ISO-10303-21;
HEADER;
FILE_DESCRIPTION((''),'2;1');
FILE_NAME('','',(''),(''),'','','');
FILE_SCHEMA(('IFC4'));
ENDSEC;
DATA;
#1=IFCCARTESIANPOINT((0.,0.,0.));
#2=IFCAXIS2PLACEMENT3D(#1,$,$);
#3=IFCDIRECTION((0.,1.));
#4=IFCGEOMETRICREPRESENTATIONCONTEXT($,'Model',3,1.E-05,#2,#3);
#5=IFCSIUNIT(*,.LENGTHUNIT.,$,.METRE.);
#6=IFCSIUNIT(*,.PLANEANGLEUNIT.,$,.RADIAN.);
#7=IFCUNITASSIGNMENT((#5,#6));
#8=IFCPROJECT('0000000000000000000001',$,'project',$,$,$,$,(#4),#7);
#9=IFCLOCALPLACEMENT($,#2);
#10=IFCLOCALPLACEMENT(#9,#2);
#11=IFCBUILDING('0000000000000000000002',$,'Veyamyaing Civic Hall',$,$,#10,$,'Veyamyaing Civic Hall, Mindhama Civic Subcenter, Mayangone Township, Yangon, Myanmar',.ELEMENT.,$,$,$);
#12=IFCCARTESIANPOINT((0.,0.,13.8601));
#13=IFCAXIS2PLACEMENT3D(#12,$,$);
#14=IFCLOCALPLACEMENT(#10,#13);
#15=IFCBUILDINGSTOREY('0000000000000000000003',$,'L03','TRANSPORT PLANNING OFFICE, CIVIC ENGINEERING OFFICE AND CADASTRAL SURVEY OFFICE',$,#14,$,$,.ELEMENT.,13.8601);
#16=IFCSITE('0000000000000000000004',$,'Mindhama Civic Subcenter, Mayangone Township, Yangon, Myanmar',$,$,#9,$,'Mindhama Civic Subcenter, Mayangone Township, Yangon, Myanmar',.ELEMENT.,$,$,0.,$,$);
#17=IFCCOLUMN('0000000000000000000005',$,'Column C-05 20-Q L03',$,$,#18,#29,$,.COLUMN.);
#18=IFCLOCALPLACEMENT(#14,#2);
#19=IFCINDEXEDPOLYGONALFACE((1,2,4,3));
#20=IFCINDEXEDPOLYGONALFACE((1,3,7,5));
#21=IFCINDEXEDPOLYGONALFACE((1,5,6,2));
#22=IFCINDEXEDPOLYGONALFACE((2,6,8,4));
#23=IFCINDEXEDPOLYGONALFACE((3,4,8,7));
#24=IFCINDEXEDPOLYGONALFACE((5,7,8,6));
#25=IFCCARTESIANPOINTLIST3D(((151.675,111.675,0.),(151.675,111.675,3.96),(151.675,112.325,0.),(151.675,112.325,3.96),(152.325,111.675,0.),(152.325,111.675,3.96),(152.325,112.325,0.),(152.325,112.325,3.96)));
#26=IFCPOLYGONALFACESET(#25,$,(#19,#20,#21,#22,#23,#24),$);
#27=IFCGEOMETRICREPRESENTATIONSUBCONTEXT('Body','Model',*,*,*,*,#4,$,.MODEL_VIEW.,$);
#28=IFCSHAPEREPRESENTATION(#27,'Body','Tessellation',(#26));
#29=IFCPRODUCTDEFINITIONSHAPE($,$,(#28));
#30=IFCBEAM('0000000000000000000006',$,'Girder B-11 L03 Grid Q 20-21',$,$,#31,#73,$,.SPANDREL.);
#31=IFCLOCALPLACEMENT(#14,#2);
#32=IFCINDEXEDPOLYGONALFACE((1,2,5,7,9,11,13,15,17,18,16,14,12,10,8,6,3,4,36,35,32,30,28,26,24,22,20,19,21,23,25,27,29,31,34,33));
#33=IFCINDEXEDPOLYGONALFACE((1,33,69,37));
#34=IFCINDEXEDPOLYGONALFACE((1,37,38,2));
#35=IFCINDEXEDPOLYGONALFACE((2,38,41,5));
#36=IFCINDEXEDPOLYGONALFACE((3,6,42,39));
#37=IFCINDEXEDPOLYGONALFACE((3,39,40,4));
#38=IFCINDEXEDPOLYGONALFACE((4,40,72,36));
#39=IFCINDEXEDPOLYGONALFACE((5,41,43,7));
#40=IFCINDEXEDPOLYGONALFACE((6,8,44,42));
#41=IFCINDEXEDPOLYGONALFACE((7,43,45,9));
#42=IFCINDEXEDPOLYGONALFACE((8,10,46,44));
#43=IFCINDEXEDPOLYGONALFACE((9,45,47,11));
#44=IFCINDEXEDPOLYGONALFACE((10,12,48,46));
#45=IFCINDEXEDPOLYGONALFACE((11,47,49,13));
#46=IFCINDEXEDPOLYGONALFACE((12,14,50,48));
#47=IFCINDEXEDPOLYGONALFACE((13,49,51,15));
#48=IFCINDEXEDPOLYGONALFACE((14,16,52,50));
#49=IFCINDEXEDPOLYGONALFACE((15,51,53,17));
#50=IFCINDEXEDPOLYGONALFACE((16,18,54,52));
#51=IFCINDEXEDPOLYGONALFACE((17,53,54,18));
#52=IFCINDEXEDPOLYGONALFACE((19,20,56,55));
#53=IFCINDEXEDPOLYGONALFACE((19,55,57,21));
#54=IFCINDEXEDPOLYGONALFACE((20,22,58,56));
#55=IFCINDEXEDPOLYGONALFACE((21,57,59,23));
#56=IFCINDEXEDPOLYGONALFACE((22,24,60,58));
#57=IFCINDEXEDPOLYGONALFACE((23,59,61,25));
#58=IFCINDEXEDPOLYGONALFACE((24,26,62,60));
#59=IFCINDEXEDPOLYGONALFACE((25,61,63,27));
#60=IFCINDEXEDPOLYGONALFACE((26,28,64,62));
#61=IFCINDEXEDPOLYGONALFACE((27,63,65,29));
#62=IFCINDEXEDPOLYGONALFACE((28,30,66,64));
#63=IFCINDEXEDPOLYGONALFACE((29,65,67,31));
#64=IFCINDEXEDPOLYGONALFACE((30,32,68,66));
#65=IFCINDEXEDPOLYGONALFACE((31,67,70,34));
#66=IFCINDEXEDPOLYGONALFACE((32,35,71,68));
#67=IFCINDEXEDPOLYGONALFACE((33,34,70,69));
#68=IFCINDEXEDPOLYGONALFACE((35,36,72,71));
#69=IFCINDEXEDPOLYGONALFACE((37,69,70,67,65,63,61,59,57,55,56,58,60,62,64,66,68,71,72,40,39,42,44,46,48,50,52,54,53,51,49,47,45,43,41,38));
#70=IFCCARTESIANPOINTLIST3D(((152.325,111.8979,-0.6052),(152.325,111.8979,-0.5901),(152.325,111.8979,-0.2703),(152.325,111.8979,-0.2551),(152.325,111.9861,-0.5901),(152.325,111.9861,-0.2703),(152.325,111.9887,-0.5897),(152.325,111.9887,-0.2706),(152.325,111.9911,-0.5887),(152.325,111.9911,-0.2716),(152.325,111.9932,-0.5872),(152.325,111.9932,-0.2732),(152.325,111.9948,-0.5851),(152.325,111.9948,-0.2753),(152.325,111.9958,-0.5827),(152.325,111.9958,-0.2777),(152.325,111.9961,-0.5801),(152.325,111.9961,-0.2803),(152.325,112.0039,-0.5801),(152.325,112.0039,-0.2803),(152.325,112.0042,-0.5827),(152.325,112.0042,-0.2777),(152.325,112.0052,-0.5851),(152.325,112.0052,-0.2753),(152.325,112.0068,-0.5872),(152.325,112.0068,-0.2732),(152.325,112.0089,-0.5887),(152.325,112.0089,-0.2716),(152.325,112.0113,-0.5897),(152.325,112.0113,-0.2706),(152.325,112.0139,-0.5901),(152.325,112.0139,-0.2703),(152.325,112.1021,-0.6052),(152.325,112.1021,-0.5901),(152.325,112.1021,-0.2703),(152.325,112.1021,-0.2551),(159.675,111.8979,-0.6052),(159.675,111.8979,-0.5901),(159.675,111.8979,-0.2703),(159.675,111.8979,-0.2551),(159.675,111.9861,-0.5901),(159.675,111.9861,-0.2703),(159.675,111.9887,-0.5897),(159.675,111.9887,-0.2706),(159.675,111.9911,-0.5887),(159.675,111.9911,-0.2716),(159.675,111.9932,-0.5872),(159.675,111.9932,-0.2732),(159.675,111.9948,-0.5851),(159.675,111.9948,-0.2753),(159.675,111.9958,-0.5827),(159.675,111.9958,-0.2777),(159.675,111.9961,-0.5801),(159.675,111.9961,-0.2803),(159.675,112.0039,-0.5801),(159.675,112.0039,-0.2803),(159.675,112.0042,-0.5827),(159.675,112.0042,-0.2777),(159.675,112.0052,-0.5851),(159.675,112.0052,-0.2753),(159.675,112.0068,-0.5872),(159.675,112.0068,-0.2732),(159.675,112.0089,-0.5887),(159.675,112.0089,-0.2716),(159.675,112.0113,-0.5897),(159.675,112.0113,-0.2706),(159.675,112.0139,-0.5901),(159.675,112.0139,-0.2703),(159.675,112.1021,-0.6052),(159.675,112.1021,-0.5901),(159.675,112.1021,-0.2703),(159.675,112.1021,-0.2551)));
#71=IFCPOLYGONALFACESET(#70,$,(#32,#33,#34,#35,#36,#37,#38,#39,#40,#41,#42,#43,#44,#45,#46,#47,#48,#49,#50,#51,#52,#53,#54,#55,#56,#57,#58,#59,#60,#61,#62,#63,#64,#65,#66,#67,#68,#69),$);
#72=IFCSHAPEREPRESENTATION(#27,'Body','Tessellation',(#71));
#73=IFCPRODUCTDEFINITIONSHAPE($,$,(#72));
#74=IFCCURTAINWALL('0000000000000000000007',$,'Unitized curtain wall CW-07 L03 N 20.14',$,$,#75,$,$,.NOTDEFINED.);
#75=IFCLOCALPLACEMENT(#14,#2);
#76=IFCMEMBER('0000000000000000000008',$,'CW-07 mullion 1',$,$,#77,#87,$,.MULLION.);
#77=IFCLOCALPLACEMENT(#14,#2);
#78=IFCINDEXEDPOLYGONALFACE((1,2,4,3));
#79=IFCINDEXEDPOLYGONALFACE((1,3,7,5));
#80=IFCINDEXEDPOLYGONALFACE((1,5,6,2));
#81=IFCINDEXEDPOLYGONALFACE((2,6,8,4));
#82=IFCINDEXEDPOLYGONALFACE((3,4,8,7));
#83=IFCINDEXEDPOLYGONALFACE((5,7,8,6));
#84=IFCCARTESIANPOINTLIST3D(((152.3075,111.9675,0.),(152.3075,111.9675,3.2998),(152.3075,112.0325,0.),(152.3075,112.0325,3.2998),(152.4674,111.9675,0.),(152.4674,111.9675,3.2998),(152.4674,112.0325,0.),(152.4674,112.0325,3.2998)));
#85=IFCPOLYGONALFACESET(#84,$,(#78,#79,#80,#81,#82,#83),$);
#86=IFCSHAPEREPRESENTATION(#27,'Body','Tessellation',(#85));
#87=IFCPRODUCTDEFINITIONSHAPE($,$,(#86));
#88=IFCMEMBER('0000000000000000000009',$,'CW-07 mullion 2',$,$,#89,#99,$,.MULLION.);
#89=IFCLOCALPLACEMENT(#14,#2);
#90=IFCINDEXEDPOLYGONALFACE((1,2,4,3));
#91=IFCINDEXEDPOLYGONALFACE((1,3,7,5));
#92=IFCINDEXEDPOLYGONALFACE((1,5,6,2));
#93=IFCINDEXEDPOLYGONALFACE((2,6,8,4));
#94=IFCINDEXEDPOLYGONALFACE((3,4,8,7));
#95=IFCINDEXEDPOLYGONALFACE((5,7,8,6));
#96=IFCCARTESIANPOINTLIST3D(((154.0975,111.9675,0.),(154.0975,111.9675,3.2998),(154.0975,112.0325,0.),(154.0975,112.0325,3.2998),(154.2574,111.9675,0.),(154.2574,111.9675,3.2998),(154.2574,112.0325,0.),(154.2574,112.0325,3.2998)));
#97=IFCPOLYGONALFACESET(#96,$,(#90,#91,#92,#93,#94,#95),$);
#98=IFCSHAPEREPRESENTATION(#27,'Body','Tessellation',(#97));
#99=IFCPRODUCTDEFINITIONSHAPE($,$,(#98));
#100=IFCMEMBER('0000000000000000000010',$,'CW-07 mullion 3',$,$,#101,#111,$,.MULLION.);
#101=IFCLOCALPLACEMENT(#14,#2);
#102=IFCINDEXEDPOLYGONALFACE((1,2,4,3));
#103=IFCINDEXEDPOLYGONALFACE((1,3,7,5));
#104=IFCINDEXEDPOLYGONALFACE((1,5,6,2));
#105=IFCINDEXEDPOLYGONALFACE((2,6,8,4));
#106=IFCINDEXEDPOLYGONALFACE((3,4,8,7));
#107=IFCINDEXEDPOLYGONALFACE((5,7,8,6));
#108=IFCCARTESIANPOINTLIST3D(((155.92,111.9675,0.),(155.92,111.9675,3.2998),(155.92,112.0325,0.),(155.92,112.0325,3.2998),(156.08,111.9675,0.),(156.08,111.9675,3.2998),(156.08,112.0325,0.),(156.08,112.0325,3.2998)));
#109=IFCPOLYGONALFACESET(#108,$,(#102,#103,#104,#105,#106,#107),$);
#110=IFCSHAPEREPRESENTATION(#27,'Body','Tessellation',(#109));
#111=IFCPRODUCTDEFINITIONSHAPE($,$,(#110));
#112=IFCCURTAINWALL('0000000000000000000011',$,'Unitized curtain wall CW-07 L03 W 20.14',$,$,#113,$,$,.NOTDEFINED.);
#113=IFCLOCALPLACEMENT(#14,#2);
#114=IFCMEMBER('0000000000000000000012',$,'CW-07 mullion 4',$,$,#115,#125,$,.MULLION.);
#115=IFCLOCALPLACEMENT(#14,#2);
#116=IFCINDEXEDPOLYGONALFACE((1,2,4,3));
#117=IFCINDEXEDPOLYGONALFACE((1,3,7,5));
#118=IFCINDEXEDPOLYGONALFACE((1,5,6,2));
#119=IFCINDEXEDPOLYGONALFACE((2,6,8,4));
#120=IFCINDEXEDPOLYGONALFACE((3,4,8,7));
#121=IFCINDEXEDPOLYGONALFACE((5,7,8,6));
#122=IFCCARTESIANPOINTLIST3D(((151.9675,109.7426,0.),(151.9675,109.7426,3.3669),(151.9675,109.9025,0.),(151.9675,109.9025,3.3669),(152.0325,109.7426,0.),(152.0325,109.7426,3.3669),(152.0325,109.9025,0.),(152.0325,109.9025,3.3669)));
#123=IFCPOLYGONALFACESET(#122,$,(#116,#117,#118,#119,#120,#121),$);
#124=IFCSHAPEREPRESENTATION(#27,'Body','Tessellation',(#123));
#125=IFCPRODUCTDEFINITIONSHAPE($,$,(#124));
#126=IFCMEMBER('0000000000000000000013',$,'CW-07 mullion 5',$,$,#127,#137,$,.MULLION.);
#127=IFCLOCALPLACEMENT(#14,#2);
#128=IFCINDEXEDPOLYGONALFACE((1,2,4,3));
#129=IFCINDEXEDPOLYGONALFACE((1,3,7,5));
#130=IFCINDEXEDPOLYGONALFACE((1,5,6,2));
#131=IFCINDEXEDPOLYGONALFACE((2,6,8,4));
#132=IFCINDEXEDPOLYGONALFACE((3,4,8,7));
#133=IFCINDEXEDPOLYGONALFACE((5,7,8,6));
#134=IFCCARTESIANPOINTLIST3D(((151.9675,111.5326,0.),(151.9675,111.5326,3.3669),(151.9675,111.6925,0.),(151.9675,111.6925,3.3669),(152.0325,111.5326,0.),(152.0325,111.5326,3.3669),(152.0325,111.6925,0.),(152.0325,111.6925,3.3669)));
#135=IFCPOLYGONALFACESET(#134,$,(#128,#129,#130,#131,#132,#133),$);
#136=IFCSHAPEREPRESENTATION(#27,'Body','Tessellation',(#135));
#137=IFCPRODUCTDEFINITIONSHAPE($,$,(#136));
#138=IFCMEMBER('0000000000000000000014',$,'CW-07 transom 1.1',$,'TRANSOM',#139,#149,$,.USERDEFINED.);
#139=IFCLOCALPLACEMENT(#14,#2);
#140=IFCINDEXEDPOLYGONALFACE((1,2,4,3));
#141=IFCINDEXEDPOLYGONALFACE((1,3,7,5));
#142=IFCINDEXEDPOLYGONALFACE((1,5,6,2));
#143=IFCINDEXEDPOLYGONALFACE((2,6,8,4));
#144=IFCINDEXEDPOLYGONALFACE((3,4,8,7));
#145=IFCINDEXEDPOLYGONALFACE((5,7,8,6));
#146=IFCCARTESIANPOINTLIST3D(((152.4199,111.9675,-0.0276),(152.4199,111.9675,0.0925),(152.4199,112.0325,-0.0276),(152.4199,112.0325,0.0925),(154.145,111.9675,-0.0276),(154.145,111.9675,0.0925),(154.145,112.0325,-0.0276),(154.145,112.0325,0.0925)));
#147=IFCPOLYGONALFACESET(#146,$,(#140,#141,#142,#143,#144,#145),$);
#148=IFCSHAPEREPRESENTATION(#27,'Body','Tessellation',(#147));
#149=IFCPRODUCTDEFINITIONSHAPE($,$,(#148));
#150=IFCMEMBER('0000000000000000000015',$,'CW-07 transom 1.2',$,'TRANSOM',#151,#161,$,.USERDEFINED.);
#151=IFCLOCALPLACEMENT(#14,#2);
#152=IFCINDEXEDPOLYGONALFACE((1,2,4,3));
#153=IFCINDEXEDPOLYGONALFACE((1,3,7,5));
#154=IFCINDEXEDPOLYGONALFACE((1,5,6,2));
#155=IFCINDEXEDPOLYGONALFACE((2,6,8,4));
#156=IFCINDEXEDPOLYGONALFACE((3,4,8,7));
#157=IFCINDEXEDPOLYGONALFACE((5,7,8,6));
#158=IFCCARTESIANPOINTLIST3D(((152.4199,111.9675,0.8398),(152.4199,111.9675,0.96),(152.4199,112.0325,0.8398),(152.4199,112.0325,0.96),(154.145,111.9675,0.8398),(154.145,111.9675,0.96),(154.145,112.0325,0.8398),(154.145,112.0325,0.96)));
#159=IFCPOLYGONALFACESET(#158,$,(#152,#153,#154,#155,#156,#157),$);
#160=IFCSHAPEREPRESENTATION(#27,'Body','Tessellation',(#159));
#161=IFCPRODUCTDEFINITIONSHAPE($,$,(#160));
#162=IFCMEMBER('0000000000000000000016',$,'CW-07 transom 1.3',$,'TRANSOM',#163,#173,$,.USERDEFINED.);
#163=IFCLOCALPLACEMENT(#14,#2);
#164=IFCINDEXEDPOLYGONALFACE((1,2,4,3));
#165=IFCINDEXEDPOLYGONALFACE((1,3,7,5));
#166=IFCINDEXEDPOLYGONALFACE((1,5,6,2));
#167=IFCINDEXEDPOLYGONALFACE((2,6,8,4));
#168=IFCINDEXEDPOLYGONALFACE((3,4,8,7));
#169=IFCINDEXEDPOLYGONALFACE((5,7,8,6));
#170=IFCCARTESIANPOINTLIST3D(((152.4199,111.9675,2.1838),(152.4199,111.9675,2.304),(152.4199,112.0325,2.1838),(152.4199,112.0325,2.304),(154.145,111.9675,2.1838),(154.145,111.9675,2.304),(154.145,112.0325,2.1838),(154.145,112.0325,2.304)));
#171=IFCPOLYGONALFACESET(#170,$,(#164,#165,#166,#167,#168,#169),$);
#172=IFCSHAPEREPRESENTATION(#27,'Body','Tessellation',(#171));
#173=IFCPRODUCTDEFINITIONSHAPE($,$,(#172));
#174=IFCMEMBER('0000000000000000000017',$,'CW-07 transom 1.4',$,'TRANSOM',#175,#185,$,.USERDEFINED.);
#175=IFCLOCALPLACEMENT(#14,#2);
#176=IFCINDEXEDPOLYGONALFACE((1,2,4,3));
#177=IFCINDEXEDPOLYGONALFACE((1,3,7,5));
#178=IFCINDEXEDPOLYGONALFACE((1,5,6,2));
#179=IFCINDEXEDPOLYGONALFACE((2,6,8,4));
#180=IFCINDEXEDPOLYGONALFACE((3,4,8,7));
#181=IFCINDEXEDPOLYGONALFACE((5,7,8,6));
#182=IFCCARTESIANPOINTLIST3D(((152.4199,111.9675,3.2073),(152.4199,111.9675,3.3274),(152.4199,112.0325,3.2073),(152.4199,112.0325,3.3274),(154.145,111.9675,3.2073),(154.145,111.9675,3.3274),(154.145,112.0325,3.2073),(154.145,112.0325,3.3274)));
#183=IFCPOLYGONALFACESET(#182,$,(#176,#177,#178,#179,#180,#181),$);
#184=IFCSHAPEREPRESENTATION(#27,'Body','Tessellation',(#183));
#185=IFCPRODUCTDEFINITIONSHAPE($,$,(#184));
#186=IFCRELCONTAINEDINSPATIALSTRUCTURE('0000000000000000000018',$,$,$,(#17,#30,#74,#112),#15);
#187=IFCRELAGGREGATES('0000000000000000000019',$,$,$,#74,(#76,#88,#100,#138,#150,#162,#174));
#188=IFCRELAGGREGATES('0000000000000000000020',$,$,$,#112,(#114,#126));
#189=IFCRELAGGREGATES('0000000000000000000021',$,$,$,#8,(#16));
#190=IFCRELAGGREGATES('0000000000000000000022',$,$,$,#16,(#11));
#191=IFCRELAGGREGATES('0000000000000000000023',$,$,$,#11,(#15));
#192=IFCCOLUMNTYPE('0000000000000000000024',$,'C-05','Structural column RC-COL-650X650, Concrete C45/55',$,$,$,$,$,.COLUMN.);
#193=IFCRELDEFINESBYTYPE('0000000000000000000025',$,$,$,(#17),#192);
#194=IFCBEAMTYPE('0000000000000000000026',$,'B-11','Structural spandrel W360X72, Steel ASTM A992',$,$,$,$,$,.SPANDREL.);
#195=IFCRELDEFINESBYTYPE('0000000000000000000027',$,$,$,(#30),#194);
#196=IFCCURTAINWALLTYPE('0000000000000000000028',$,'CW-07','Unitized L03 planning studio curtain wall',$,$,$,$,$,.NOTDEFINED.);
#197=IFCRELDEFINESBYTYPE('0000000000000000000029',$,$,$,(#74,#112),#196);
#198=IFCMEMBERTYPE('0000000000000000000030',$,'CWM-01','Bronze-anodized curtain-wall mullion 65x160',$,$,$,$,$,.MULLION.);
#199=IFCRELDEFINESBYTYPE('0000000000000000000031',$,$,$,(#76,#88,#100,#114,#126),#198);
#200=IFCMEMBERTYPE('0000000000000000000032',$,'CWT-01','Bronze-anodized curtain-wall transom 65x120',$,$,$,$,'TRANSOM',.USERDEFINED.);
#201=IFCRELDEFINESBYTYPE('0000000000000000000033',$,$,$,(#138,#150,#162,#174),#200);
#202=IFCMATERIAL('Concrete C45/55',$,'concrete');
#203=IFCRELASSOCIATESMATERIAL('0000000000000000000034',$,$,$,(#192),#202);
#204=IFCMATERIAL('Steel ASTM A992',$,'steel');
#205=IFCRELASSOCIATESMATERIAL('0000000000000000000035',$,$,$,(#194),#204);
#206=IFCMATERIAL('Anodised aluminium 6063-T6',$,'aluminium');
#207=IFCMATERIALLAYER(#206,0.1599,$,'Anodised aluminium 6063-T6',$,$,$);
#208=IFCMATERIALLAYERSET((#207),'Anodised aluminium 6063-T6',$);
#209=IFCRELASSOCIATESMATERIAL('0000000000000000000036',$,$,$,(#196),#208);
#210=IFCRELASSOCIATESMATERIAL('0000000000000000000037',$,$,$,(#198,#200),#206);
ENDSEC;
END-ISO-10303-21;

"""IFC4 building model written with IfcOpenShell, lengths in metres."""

from ifc_helpers import new_model, si_unit, direction, frame, origin, origin_2d, place, context, subcontext, project, spatial, rectangle, i_section, extrude, material, layer, layer_set, material_profile, profile_set, type_object, element, aggregate, save


model = new_model("IFC4")

# Units and contexts
model_context = context("Model", 3, precision=1e-05, world=origin(), true_north=direction((0.0, 1.0)))
body_context = subcontext(model_context, "Body", "Model", "MODEL_VIEW")
ifc_project = project(units=[si_unit("LENGTHUNIT", "METRE"), si_unit("PLANEANGLEUNIT", "RADIAN")], contexts=[model_context])

# Site, building, storey
site_placement = place(None, origin())
site = spatial("IfcSite", under=ifc_project, at=site_placement, Name="Mindhama Civic Subcenter, Mayangone Township, Yangon, Myanmar", LongName="Mindhama Civic Subcenter, Mayangone Township, Yangon, Myanmar", CompositionType="ELEMENT", RefElevation=0.0)
building_placement = place(site_placement, origin())
building = spatial("IfcBuilding", under=site, at=building_placement, Name="Veyamyaing Civic Hall", LongName="Veyamyaing Civic Hall, Mindhama Civic Subcenter, Mayangone Township, Yangon, Myanmar", CompositionType="ELEMENT")
storey_placement = place(building_placement, frame((0.0, 0.0, 13.8601)))
storey = spatial("IfcBuildingStorey", under=building, at=storey_placement, Name="L03", Description="TRANSPORT PLANNING OFFICE, CIVIC ENGINEERING OFFICE AND CADASTRAL SURVEY OFFICE", CompositionType="ELEMENT", Elevation=13.8601)

# Column
ifc_material_1 = material(Name="Concrete C45/55", Category="concrete")
ifc_material_profile_1 = material_profile(ifc_material_1, rectangle(XDim=0.6499, YDim=0.6499, at=origin_2d()), Name="RC-COL-650X650")
ifc_profile_set_1 = profile_set([ifc_material_profile_1], Name="Concrete C45/55")
column_type = type_object("IfcColumnType", Name="C-05", Description="Structural column RC-COL-650X650, Concrete C45/55", PredefinedType="COLUMN", material=ifc_profile_set_1)
column_placement = place(storey_placement, frame((152.0, 112.0, 0.0), z_axis=(0.0, 0.0, 1.0), x_axis=(1.0, 0.0, 0.0)))
element("IfcColumn", 1, at=column_placement, inside=storey, type_object=column_type, Name="Column C-05 20-Q L03", PredefinedType="COLUMN", context=body_context, shape_type="SweptSolid", body=[
    extrude(rectangle(XDim=0.6499, YDim=0.6499, at=origin_2d()), origin(), (0.0, 0.0, 1.0), 3.96),
])

# Beam
ifc_material_2 = material(Name="Steel ASTM A992", Category="steel")
ifc_material_profile_2 = material_profile(ifc_material_2, i_section(OverallWidth=0.2041, OverallDepth=0.3501, WebThickness=0.0078, FlangeThickness=0.0151, FilletRadius=0.01, at=origin_2d()), Name="W360X72")
ifc_profile_set_2 = profile_set([ifc_material_profile_2], Name="Steel ASTM A992")
beam_type_1 = type_object("IfcBeamType", Name="B-11", Description="Structural spandrel W360X72, Steel ASTM A992", PredefinedType="SPANDREL", material=ifc_profile_set_2)
beam_1_placement = place(storey_placement, frame((152.325, 112.0, -0.4302), z_axis=(1.0, 0.0, 0.0), x_axis=(0.0, 1.0, 0.0)))
element("IfcBeam", 2, at=beam_1_placement, inside=storey, type_object=beam_type_1, Name="Girder B-11 L03 Grid Q 20-21", PredefinedType="SPANDREL", context=body_context, shape_type="SweptSolid", body=[
    extrude(i_section(OverallWidth=0.2041, OverallDepth=0.3501, WebThickness=0.0078, FlangeThickness=0.0151, FilletRadius=0.01, at=origin_2d()), origin(), (0.0, 0.0, 1.0), 7.3501),
])

# Curtain walls, members
ifc_material_3 = material(Name="Anodised aluminium 6063-T6", Category="aluminium")
ifc_layer_1 = layer(ifc_material_3, 0.1599, Name="Anodised aluminium 6063-T6")
ifc_layer_set_1 = layer_set([ifc_layer_1], Name="Anodised aluminium 6063-T6")
curtain_wall_type = type_object("IfcCurtainWallType", Name="CW-07", Description="Unitized L03 planning studio curtain wall", PredefinedType="NOTDEFINED", material=ifc_layer_set_1)
curtain_wall_1_placement = place(storey_placement, origin())
curtain_wall_1 = element("IfcCurtainWall", 3, at=curtain_wall_1_placement, inside=storey, type_object=curtain_wall_type, Name="Unitized curtain wall CW-07 L03 N 20.14", PredefinedType="NOTDEFINED")
ifc_material_profile_3 = material_profile(ifc_material_3, rectangle(XDim=0.0649, YDim=0.1599, at=origin_2d()), Name="ALU-MUL-65X160")
ifc_profile_set_3 = profile_set([ifc_material_profile_3], Name="Anodised aluminium 6063-T6")
member_type_1 = type_object("IfcMemberType", Name="CWM-01", Description="Bronze-anodized curtain-wall mullion 65x160", PredefinedType="MULLION", material=ifc_profile_set_3)
member_1_placement = place(storey_placement, frame((152.3875, 112.0, 0.0), z_axis=(0.0, 0.0, 1.0), x_axis=(0.0, 1.0, 0.0)))
member_1 = element("IfcMember", 4, at=member_1_placement, type_object=member_type_1, Name="CW-07 mullion 1", PredefinedType="MULLION", context=body_context, shape_type="SweptSolid", body=[
    extrude(rectangle(XDim=0.0649, YDim=0.1599, at=origin_2d()), origin(), (0.0, 0.0, 1.0), 3.2998),
])
member_2_placement = place(storey_placement, frame((154.1775, 112.0, 0.0), z_axis=(0.0, 0.0, 1.0), x_axis=(0.0, 1.0, 0.0)))
member_2 = element("IfcMember", 5, at=member_2_placement, type_object=member_type_1, Name="CW-07 mullion 2", PredefinedType="MULLION", context=body_context, shape_type="SweptSolid", body=[
    extrude(rectangle(XDim=0.0649, YDim=0.1599, at=origin_2d()), origin(), (0.0, 0.0, 1.0), 3.2998),
])
member_3_placement = place(storey_placement, frame((156.0, 112.0, 0.0), z_axis=(0.0, 0.0, 1.0), x_axis=(0.0, 1.0, 0.0)))
member_3 = element("IfcMember", 6, at=member_3_placement, type_object=member_type_1, Name="CW-07 mullion 3", PredefinedType="MULLION", context=body_context, shape_type="SweptSolid", body=[
    extrude(rectangle(XDim=0.0649, YDim=0.1599, at=origin_2d()), origin(), (0.0, 0.0, 1.0), 3.2998),
])
curtain_wall_2_placement = place(storey_placement, origin())
curtain_wall_2 = element("IfcCurtainWall", 7, at=curtain_wall_2_placement, inside=storey, type_object=curtain_wall_type, Name="Unitized curtain wall CW-07 L03 W 20.14", PredefinedType="NOTDEFINED")
member_4_placement = place(storey_placement, frame((152.0, 109.8225, 0.0), z_axis=(0.0, 0.0, 1.0), x_axis=(-1.0, 0.0, 0.0)))
member_4 = element("IfcMember", 8, at=member_4_placement, type_object=member_type_1, Name="CW-07 mullion 4", PredefinedType="MULLION", context=body_context, shape_type="SweptSolid", body=[
    extrude(rectangle(XDim=0.0649, YDim=0.1599, at=origin_2d()), origin(), (0.0, 0.0, 1.0), 3.3669),
])
member_5_placement = place(storey_placement, frame((152.0, 111.6125, 0.0), z_axis=(0.0, 0.0, 1.0), x_axis=(-1.0, 0.0, 0.0)))
member_5 = element("IfcMember", 9, at=member_5_placement, type_object=member_type_1, Name="CW-07 mullion 5", PredefinedType="MULLION", context=body_context, shape_type="SweptSolid", body=[
    extrude(rectangle(XDim=0.0649, YDim=0.1599, at=origin_2d()), origin(), (0.0, 0.0, 1.0), 3.3669),
])

# Members
ifc_material_profile_4 = material_profile(ifc_material_3, rectangle(XDim=0.0649, YDim=0.1201, at=origin_2d()), Name="ALU-TRN-65X120")
ifc_profile_set_4 = profile_set([ifc_material_profile_4], Name="Anodised aluminium 6063-T6")
member_type_2 = type_object("IfcMemberType", Name="CWT-01", Description="Bronze-anodized curtain-wall transom 65x120", ElementType="TRANSOM", PredefinedType="USERDEFINED", material=ifc_profile_set_4)
member_6_placement = place(storey_placement, frame((152.4199, 112.0, 0.0325), z_axis=(1.0, 0.0, 0.0), x_axis=(0.0, 1.0, 0.0)))
member_6 = element("IfcMember", 10, at=member_6_placement, type_object=member_type_2, Name="CW-07 transom 1.1", ObjectType="TRANSOM", PredefinedType="USERDEFINED", context=body_context, shape_type="SweptSolid", body=[
    extrude(rectangle(XDim=0.0649, YDim=0.1201, at=origin_2d()), origin(), (0.0, 0.0, 1.0), 1.7251),
])
member_7_placement = place(storey_placement, frame((152.4199, 112.0, 0.8999), z_axis=(1.0, 0.0, 0.0), x_axis=(0.0, 1.0, 0.0)))
member_7 = element("IfcMember", 11, at=member_7_placement, type_object=member_type_2, Name="CW-07 transom 1.2", ObjectType="TRANSOM", PredefinedType="USERDEFINED", context=body_context, shape_type="SweptSolid", body=[
    extrude(rectangle(XDim=0.0649, YDim=0.1201, at=origin_2d()), origin(), (0.0, 0.0, 1.0), 1.7251),
])
member_8_placement = place(storey_placement, frame((152.4199, 112.0, 2.2439), z_axis=(1.0, 0.0, 0.0), x_axis=(0.0, 1.0, 0.0)))
member_8 = element("IfcMember", 12, at=member_8_placement, type_object=member_type_2, Name="CW-07 transom 1.3", ObjectType="TRANSOM", PredefinedType="USERDEFINED", context=body_context, shape_type="SweptSolid", body=[
    extrude(rectangle(XDim=0.0649, YDim=0.1201, at=origin_2d()), origin(), (0.0, 0.0, 1.0), 1.7251),
])
member_9_placement = place(storey_placement, frame((152.4199, 112.0, 3.2673), z_axis=(1.0, 0.0, 0.0), x_axis=(0.0, 1.0, 0.0)))
member_9 = element("IfcMember", 13, at=member_9_placement, type_object=member_type_2, Name="CW-07 transom 1.4", ObjectType="TRANSOM", PredefinedType="USERDEFINED", context=body_context, shape_type="SweptSolid", body=[
    extrude(rectangle(XDim=0.0649, YDim=0.1201, at=origin_2d()), origin(), (0.0, 0.0, 1.0), 1.7251),
])

aggregate(curtain_wall_1, [member_1, member_2, member_3, member_6, member_7, member_8, member_9])
aggregate(curtain_wall_2, [member_4, member_5])

save(model, "model.ifc")
